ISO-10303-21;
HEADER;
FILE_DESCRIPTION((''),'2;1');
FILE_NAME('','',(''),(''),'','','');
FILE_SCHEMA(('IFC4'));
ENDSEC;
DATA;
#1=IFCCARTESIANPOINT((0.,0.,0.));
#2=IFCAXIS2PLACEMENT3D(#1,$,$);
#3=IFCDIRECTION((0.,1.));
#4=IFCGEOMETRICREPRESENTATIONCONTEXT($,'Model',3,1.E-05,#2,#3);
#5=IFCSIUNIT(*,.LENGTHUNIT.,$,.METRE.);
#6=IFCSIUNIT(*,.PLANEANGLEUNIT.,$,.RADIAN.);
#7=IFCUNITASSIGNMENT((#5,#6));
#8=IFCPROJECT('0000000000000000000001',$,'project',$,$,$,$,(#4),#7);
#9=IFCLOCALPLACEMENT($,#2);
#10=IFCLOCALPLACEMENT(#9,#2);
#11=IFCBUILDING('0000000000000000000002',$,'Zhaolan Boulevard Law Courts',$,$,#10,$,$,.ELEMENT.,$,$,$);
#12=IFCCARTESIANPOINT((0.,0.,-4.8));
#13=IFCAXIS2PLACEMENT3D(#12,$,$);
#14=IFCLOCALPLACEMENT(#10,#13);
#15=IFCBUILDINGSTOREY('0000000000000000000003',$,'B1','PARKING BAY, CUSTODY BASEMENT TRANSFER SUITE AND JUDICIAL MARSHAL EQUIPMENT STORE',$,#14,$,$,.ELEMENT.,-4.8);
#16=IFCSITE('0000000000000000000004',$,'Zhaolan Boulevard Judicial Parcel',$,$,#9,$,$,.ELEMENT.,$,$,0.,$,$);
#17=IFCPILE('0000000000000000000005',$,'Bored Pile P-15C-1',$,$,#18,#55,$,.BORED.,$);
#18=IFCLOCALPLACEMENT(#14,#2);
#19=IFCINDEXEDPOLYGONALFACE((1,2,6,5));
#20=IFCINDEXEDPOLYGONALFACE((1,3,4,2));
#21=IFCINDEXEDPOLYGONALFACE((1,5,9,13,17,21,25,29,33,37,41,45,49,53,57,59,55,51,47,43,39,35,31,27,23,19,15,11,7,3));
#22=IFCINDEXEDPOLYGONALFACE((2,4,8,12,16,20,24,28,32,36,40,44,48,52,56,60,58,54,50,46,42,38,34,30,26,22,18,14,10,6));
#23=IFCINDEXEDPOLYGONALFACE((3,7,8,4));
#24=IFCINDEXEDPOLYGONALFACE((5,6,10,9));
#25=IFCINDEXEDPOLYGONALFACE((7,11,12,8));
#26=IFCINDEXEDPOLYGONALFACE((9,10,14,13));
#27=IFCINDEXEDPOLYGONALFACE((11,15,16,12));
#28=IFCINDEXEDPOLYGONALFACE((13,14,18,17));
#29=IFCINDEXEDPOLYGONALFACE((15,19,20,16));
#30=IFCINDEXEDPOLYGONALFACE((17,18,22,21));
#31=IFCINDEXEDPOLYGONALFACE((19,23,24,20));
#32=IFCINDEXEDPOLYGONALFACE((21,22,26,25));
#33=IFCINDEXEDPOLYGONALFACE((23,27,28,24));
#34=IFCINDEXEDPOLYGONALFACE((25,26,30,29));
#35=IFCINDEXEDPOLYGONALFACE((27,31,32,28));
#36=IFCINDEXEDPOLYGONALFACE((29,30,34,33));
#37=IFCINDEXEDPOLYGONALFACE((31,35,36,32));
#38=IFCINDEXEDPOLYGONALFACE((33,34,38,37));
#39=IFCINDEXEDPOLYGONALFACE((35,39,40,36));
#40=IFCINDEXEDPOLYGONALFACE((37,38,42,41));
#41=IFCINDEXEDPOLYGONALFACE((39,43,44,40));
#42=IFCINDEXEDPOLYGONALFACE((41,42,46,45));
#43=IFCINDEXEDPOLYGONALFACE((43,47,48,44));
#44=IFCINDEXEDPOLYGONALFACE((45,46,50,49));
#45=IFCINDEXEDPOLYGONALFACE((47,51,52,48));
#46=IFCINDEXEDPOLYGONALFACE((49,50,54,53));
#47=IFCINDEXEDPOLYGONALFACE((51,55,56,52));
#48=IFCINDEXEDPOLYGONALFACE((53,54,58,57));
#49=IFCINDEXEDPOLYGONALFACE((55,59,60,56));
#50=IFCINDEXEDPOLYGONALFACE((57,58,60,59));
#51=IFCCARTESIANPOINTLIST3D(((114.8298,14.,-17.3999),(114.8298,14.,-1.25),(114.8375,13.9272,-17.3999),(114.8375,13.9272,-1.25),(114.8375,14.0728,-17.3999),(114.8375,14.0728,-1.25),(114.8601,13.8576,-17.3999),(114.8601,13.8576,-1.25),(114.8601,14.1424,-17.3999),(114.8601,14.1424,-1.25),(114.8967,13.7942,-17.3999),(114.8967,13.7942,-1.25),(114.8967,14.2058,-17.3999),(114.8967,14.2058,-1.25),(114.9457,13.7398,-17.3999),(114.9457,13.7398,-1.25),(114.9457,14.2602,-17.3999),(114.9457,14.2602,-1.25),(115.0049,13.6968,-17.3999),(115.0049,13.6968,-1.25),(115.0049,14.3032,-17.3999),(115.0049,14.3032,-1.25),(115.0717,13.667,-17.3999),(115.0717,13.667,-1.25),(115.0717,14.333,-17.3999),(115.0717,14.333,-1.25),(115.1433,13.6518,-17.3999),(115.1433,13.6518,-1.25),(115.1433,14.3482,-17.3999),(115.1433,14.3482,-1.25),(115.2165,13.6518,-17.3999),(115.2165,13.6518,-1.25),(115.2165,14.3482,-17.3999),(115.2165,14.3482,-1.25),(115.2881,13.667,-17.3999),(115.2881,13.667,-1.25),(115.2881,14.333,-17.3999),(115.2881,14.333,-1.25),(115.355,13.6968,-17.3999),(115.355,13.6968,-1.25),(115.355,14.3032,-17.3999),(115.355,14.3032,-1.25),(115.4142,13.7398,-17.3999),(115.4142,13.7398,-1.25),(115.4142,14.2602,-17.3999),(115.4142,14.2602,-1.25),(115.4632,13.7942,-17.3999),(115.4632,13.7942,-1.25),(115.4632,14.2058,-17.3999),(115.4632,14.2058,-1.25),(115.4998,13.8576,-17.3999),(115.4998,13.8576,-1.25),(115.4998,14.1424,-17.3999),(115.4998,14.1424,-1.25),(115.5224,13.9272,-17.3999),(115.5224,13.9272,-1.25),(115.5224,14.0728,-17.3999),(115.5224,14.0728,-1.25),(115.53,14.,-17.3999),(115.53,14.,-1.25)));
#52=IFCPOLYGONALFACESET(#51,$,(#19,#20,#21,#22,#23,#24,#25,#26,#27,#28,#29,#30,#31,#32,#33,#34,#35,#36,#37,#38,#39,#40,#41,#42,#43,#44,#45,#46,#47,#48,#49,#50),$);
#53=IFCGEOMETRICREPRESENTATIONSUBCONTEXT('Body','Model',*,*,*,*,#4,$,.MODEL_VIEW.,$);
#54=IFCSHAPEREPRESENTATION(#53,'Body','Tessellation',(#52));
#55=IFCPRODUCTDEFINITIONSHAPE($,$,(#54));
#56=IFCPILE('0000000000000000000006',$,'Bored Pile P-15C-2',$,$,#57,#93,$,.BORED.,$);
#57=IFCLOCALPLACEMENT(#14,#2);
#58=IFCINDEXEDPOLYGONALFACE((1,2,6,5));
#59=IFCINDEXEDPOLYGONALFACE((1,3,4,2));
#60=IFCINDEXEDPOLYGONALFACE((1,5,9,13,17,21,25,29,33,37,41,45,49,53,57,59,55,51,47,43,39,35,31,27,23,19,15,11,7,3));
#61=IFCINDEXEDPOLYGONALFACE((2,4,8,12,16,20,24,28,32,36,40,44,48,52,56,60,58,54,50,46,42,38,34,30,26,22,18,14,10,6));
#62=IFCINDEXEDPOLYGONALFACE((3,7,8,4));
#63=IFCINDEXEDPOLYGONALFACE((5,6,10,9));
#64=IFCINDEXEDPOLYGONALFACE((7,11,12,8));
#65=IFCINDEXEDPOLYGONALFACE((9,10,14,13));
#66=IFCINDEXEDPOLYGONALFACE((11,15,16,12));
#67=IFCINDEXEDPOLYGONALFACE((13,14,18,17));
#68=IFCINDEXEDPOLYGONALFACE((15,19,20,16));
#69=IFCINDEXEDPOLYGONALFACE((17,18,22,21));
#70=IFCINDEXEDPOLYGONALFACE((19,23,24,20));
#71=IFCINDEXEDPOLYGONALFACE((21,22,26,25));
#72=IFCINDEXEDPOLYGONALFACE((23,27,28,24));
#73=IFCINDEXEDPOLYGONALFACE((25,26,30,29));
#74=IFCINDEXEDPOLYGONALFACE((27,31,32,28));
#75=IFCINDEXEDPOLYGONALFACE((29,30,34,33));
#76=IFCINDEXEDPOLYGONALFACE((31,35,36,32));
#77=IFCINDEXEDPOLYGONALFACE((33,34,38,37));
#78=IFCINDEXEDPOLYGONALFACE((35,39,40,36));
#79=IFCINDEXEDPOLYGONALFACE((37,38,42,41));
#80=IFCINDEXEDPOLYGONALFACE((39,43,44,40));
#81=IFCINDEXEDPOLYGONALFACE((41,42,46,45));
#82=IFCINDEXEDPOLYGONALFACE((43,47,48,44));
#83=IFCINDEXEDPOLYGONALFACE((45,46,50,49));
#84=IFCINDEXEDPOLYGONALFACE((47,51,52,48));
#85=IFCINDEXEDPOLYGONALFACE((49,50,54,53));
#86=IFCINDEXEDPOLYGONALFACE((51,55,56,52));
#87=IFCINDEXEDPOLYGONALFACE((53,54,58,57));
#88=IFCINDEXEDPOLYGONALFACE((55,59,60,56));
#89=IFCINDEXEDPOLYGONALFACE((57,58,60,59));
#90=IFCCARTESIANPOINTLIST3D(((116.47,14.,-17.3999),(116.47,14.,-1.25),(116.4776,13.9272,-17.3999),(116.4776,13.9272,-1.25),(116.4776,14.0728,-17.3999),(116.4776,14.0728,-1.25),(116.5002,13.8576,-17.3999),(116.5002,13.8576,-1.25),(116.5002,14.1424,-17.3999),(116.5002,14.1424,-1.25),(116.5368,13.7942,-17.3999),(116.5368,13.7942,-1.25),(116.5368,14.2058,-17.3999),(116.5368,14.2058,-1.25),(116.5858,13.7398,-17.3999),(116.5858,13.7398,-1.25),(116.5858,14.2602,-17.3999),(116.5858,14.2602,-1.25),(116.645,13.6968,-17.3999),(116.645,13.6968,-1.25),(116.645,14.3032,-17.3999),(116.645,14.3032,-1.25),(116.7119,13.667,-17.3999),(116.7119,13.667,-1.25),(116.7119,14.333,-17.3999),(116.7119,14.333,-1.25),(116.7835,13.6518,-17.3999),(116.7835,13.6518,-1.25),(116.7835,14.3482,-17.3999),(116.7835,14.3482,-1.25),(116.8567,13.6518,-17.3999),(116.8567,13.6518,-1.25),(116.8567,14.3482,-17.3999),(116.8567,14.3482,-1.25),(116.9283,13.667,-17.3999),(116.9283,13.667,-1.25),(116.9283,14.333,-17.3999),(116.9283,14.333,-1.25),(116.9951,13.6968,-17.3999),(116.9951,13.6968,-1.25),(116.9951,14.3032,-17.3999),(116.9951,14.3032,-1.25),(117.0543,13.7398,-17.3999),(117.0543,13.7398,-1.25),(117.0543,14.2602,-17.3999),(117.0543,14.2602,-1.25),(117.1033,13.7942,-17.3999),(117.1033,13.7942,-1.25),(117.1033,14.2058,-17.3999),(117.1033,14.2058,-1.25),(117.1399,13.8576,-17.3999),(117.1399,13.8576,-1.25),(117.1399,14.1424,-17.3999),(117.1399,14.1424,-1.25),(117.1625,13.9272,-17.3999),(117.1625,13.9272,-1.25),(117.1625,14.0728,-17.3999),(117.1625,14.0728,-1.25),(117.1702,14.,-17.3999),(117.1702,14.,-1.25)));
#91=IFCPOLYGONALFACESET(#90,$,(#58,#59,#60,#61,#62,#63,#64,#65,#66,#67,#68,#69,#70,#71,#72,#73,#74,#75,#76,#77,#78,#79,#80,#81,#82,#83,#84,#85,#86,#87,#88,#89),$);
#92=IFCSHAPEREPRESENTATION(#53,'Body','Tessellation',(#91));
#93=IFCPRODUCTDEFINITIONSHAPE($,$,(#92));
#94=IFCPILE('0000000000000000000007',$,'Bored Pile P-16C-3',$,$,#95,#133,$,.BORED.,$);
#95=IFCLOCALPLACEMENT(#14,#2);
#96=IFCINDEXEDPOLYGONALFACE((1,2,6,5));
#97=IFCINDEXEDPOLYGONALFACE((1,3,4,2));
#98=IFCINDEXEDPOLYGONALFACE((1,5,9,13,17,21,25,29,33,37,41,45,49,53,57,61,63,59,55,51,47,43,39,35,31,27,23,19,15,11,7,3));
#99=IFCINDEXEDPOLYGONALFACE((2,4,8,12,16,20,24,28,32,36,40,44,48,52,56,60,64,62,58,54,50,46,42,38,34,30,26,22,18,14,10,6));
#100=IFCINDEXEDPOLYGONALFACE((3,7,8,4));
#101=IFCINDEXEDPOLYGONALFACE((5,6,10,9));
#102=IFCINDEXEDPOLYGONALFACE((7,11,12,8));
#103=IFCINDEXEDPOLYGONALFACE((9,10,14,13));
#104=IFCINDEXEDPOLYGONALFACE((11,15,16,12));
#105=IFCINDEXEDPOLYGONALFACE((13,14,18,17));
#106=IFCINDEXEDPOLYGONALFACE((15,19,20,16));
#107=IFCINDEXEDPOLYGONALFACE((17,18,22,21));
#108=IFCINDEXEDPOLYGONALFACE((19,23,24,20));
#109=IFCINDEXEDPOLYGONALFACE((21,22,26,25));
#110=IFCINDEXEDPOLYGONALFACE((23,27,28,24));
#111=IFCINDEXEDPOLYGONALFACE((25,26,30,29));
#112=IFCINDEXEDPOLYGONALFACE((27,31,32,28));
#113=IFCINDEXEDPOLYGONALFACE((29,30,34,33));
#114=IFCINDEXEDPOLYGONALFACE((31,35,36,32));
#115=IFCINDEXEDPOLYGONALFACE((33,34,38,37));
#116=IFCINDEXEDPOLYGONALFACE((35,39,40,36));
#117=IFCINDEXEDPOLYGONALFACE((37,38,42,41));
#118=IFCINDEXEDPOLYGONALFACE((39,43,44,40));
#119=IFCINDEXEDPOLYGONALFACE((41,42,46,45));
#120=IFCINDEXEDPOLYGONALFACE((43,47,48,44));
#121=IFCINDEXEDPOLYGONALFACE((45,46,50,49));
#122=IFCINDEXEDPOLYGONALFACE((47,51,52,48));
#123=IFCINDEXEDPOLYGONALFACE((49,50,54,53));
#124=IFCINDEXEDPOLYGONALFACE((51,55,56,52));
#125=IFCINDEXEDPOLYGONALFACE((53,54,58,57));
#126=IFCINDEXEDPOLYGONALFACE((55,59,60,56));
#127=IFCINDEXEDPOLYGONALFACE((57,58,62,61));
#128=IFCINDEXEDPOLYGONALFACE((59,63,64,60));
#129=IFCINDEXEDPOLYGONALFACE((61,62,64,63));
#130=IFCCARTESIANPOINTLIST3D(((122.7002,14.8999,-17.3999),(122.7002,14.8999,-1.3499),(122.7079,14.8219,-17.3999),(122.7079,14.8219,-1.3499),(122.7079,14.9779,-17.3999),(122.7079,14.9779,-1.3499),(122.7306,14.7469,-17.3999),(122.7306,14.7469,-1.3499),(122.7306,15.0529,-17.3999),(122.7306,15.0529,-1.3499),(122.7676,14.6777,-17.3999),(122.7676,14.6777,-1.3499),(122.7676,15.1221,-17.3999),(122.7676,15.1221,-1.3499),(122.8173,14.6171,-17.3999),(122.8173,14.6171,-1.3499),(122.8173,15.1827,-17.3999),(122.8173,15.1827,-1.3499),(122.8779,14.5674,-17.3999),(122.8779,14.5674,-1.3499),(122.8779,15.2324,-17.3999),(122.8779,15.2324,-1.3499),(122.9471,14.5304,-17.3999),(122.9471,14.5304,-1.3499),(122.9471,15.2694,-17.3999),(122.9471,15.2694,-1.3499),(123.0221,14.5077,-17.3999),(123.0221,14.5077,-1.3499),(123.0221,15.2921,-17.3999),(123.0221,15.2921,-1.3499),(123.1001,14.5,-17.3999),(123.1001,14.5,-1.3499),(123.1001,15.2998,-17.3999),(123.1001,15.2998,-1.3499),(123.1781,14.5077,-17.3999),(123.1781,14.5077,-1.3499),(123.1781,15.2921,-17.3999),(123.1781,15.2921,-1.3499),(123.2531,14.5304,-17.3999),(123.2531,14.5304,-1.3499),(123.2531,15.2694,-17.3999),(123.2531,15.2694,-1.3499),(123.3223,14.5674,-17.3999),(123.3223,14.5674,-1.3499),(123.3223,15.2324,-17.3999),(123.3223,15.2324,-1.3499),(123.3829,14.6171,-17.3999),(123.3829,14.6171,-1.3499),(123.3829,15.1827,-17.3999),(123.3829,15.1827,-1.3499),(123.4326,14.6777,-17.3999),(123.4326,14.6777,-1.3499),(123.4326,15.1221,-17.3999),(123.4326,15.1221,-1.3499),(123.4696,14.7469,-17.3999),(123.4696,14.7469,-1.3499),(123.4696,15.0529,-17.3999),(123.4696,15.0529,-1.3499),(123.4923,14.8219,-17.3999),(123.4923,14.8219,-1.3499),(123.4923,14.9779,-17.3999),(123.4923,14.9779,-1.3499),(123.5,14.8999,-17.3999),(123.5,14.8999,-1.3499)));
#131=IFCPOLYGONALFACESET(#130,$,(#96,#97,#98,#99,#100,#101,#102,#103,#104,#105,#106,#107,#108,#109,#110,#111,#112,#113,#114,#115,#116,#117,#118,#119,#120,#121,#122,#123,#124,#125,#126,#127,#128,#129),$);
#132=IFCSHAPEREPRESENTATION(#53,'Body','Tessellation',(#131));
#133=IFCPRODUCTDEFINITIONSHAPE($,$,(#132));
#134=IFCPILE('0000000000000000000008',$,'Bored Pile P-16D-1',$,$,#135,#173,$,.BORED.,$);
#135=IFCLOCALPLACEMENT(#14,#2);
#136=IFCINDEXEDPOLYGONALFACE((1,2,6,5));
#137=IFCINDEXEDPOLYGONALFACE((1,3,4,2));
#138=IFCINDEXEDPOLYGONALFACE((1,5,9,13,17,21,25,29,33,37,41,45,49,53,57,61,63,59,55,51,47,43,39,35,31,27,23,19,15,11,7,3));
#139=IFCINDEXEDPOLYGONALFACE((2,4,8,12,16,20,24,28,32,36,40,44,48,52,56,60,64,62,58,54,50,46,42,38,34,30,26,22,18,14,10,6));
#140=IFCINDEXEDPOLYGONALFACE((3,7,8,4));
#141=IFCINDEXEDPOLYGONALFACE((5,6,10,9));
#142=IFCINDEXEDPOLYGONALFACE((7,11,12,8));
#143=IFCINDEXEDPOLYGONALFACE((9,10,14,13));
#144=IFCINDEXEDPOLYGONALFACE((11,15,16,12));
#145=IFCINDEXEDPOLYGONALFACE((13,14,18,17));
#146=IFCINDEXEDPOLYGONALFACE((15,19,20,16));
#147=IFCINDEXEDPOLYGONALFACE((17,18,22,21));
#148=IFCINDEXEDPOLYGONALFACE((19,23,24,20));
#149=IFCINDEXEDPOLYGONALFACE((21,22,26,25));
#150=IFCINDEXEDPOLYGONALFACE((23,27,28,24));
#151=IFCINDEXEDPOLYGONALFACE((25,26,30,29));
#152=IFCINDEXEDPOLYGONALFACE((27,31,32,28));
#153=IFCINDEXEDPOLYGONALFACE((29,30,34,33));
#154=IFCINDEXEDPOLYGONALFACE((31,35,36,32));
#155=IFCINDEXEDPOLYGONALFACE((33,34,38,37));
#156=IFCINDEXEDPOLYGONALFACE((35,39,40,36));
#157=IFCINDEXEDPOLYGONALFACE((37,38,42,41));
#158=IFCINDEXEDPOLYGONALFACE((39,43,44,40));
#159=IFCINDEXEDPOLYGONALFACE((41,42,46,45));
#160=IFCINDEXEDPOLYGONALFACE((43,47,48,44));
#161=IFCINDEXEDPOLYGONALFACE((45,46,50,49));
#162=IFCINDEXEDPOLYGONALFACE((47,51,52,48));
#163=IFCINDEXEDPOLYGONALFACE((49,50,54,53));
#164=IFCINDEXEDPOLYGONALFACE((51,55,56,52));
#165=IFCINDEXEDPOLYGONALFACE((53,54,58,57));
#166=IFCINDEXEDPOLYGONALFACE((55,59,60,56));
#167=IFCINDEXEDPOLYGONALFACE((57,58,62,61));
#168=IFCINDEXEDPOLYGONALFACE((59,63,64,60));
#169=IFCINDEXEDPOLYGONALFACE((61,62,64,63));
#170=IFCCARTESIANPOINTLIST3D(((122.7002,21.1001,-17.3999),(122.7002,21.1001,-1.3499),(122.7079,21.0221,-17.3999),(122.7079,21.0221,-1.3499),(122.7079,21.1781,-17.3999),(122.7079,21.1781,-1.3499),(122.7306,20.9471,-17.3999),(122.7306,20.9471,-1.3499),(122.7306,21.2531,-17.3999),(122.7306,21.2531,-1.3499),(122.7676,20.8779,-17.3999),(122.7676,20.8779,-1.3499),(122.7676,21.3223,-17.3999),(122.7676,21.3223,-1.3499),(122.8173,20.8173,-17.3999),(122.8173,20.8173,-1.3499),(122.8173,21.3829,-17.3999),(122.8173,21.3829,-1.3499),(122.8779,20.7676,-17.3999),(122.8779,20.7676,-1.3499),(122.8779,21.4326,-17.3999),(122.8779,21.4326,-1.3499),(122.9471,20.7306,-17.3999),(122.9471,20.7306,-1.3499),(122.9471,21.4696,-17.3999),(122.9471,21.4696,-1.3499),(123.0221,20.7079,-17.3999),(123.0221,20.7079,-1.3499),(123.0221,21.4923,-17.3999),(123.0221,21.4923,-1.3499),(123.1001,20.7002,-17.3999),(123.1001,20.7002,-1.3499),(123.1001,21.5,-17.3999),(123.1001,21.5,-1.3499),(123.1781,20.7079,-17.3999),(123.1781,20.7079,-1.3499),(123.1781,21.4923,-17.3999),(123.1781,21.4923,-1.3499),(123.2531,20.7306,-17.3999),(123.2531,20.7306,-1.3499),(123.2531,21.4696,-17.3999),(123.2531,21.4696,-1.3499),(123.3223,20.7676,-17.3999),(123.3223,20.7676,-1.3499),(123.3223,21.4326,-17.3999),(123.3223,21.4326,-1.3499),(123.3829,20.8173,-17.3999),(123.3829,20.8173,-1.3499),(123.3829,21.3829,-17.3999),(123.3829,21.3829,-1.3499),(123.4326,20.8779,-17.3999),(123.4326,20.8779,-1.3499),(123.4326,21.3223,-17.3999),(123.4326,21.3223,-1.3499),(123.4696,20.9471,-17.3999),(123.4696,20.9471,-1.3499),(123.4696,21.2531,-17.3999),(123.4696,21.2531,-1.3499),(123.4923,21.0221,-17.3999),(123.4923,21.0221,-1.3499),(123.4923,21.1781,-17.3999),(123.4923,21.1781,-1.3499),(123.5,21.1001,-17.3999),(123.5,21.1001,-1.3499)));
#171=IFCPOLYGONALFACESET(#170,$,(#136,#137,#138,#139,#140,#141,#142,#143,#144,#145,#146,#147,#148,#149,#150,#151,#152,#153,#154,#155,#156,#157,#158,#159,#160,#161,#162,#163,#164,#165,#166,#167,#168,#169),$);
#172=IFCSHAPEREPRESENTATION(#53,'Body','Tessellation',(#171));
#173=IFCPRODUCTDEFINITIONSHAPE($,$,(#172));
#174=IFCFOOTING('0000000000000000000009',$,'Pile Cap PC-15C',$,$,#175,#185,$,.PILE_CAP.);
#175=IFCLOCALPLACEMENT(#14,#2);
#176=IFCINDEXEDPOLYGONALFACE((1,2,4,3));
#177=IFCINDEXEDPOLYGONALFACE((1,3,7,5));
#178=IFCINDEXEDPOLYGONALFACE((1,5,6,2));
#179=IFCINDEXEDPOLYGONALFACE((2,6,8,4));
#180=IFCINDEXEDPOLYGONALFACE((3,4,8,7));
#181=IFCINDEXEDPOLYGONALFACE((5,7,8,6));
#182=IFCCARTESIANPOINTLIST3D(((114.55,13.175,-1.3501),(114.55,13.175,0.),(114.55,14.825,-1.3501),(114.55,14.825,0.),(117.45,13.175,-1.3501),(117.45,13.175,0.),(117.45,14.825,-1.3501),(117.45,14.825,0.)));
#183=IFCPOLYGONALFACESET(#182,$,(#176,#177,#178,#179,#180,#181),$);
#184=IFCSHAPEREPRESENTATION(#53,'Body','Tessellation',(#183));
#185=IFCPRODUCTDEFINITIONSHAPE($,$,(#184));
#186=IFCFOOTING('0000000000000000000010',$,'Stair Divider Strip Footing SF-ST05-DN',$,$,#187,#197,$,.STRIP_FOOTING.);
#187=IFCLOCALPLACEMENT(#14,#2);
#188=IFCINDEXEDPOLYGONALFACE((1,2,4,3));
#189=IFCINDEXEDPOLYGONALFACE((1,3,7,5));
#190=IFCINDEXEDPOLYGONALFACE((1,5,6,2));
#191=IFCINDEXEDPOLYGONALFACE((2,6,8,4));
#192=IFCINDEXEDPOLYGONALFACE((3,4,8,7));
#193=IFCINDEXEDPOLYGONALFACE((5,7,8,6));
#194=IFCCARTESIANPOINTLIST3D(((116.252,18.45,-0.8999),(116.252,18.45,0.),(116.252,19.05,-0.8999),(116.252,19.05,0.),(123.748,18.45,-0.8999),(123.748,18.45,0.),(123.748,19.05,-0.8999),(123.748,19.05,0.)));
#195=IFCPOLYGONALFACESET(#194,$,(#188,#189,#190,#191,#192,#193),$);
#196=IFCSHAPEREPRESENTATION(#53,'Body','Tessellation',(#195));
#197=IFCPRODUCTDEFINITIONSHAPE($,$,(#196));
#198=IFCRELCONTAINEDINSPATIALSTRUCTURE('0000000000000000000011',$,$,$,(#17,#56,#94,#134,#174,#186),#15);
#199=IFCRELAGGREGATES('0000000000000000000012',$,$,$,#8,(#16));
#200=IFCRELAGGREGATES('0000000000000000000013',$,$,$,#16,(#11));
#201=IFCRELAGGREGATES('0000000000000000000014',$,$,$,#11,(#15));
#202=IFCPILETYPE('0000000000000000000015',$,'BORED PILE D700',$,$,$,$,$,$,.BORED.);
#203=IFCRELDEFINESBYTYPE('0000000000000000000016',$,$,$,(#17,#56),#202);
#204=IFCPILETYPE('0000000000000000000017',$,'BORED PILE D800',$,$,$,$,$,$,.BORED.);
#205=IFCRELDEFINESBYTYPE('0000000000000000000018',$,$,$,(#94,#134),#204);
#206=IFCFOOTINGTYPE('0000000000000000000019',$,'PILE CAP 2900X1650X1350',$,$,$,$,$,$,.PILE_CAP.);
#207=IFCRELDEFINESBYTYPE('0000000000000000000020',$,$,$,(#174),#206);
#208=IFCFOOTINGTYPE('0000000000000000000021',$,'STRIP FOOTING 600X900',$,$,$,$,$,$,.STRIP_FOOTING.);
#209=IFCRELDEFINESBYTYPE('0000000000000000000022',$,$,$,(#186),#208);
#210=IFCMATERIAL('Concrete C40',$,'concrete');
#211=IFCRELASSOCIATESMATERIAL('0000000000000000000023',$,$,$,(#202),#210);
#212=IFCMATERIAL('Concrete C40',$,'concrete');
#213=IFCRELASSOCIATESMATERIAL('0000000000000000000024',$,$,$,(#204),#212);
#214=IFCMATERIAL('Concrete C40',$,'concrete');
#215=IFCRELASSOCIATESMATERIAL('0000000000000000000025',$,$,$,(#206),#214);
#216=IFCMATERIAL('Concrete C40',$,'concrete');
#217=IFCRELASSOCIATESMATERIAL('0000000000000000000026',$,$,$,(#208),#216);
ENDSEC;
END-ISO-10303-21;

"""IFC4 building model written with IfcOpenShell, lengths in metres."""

from ifc_helpers import new_model, si_unit, direction, frame, origin, origin_2d, place, context, subcontext, project, spatial, rectangle, circle, extrude, material, material_profile, profile_set, type_object, element, save


model = new_model("IFC4")

# Units and contexts
model_context = context("Model", 3, precision=1e-05, world=origin(), true_north=direction((0.0, 1.0)))
body_context = subcontext(model_context, "Body", "Model", "MODEL_VIEW")
ifc_project = project(units=[si_unit("LENGTHUNIT", "METRE"), si_unit("PLANEANGLEUNIT", "RADIAN")], contexts=[model_context])

# Site, building, storey
site_placement = place(None, origin())
site = spatial("IfcSite", under=ifc_project, at=site_placement, Name="Zhaolan Boulevard Judicial Parcel", CompositionType="ELEMENT", RefElevation=0.0)
building_placement = place(site_placement, origin())
building = spatial("IfcBuilding", under=site, at=building_placement, Name="Zhaolan Boulevard Law Courts", CompositionType="ELEMENT")
storey_placement = place(building_placement, frame((0.0, 0.0, -4.8)))
storey = spatial("IfcBuildingStorey", under=building, at=storey_placement, Name="B1", Description="PARKING BAY, CUSTODY BASEMENT TRANSFER SUITE AND JUDICIAL MARSHAL EQUIPMENT STORE", CompositionType="ELEMENT", Elevation=-4.8)

# Piles
ifc_material_1 = material(Name="Concrete C40", Category="concrete")
ifc_material_profile_1 = material_profile(ifc_material_1, circle(Radius=0.3501, at=origin_2d()), Name="PILE-D700")
ifc_profile_set_1 = profile_set([ifc_material_profile_1], Name="Concrete C40")
pile_type_1 = type_object("IfcPileType", Name="BORED PILE D700", PredefinedType="BORED", material=ifc_profile_set_1)
for number, where, z_axis, x_axis, name in (
    (1, (115.1799, 14.0, -1.25), (0.0, 0.0, -1.0), (1.0, 0.0, 0.0), "Bored Pile P-15C-1"),
    (2, (116.8201, 14.0, -1.25), (0.0, 0.0, -1.0), (1.0, 0.0, 0.0), "Bored Pile P-15C-2"),
):
    element("IfcPile", number, at=place(storey_placement, frame(where, z_axis=z_axis, x_axis=x_axis)), inside=storey, type_object=pile_type_1, Name=name, PredefinedType="BORED", context=body_context, shape_type="SweptSolid", body=[
        extrude(circle(Radius=0.3501, at=origin_2d()), origin(), (0.0, 0.0, 1.0), 16.1499),
    ])
ifc_material_2 = material(Name="Concrete C40", Category="concrete")
ifc_material_profile_2 = material_profile(ifc_material_2, circle(Radius=0.3999, at=origin_2d()), Name="PILE-D800")
ifc_profile_set_2 = profile_set([ifc_material_profile_2], Name="Concrete C40")
pile_type_2 = type_object("IfcPileType", Name="BORED PILE D800", PredefinedType="BORED", material=ifc_profile_set_2)
for number, where, z_axis, x_axis, name in (
    (3, (123.1001, 14.8999, -1.3499), (0.0, 0.0, -1.0), (1.0, 0.0, 0.0), "Bored Pile P-16C-3"),
    (4, (123.1001, 21.1001, -1.3499), (0.0, 0.0, -1.0), (1.0, 0.0, 0.0), "Bored Pile P-16D-1"),
):
    element("IfcPile", number, at=place(storey_placement, frame(where, z_axis=z_axis, x_axis=x_axis)), inside=storey, type_object=pile_type_2, Name=name, PredefinedType="BORED", context=body_context, shape_type="SweptSolid", body=[
        extrude(circle(Radius=0.3999, at=origin_2d()), origin(), (0.0, 0.0, 1.0), 16.05),
    ])

# Footings
ifc_material_3 = material(Name="Concrete C40", Category="concrete")
footing_type_1 = type_object("IfcFootingType", Name="PILE CAP 2900X1650X1350", PredefinedType="PILE_CAP", material=ifc_material_3)
footing_1_placement = place(storey_placement, frame((116.0, 14.0, -1.3501), z_axis=(0.0, 0.0, 1.0), x_axis=(1.0, 0.0, 0.0)))
element("IfcFooting", 5, at=footing_1_placement, inside=storey, type_object=footing_type_1, Name="Pile Cap PC-15C", PredefinedType="PILE_CAP", context=body_context, shape_type="SweptSolid", body=[
    extrude(rectangle(XDim=2.8999, YDim=1.6499, at=origin_2d()), origin(), (0.0, 0.0, 1.0), 1.3501),
])
ifc_material_4 = material(Name="Concrete C40", Category="concrete")
ifc_material_profile_3 = material_profile(ifc_material_4, rectangle(XDim=0.6001, YDim=0.8999, at=origin_2d()), Name="RC600x900")
ifc_profile_set_3 = profile_set([ifc_material_profile_3], Name="Concrete C40")
footing_type_2 = type_object("IfcFootingType", Name="STRIP FOOTING 600X900", PredefinedType="STRIP_FOOTING", material=ifc_profile_set_3)
footing_2_placement = place(storey_placement, frame((116.252, 18.75, -0.45), z_axis=(1.0, 0.0, 0.0), x_axis=(0.0, 1.0, 0.0)))
element("IfcFooting", 6, at=footing_2_placement, inside=storey, type_object=footing_type_2, Name="Stair Divider Strip Footing SF-ST05-DN", PredefinedType="STRIP_FOOTING", context=body_context, shape_type="SweptSolid", body=[
    extrude(rectangle(XDim=0.6001, YDim=0.8999, at=origin_2d()), origin(), (0.0, 0.0, 1.0), 7.4961),
])

save(model, "model.ifc")
